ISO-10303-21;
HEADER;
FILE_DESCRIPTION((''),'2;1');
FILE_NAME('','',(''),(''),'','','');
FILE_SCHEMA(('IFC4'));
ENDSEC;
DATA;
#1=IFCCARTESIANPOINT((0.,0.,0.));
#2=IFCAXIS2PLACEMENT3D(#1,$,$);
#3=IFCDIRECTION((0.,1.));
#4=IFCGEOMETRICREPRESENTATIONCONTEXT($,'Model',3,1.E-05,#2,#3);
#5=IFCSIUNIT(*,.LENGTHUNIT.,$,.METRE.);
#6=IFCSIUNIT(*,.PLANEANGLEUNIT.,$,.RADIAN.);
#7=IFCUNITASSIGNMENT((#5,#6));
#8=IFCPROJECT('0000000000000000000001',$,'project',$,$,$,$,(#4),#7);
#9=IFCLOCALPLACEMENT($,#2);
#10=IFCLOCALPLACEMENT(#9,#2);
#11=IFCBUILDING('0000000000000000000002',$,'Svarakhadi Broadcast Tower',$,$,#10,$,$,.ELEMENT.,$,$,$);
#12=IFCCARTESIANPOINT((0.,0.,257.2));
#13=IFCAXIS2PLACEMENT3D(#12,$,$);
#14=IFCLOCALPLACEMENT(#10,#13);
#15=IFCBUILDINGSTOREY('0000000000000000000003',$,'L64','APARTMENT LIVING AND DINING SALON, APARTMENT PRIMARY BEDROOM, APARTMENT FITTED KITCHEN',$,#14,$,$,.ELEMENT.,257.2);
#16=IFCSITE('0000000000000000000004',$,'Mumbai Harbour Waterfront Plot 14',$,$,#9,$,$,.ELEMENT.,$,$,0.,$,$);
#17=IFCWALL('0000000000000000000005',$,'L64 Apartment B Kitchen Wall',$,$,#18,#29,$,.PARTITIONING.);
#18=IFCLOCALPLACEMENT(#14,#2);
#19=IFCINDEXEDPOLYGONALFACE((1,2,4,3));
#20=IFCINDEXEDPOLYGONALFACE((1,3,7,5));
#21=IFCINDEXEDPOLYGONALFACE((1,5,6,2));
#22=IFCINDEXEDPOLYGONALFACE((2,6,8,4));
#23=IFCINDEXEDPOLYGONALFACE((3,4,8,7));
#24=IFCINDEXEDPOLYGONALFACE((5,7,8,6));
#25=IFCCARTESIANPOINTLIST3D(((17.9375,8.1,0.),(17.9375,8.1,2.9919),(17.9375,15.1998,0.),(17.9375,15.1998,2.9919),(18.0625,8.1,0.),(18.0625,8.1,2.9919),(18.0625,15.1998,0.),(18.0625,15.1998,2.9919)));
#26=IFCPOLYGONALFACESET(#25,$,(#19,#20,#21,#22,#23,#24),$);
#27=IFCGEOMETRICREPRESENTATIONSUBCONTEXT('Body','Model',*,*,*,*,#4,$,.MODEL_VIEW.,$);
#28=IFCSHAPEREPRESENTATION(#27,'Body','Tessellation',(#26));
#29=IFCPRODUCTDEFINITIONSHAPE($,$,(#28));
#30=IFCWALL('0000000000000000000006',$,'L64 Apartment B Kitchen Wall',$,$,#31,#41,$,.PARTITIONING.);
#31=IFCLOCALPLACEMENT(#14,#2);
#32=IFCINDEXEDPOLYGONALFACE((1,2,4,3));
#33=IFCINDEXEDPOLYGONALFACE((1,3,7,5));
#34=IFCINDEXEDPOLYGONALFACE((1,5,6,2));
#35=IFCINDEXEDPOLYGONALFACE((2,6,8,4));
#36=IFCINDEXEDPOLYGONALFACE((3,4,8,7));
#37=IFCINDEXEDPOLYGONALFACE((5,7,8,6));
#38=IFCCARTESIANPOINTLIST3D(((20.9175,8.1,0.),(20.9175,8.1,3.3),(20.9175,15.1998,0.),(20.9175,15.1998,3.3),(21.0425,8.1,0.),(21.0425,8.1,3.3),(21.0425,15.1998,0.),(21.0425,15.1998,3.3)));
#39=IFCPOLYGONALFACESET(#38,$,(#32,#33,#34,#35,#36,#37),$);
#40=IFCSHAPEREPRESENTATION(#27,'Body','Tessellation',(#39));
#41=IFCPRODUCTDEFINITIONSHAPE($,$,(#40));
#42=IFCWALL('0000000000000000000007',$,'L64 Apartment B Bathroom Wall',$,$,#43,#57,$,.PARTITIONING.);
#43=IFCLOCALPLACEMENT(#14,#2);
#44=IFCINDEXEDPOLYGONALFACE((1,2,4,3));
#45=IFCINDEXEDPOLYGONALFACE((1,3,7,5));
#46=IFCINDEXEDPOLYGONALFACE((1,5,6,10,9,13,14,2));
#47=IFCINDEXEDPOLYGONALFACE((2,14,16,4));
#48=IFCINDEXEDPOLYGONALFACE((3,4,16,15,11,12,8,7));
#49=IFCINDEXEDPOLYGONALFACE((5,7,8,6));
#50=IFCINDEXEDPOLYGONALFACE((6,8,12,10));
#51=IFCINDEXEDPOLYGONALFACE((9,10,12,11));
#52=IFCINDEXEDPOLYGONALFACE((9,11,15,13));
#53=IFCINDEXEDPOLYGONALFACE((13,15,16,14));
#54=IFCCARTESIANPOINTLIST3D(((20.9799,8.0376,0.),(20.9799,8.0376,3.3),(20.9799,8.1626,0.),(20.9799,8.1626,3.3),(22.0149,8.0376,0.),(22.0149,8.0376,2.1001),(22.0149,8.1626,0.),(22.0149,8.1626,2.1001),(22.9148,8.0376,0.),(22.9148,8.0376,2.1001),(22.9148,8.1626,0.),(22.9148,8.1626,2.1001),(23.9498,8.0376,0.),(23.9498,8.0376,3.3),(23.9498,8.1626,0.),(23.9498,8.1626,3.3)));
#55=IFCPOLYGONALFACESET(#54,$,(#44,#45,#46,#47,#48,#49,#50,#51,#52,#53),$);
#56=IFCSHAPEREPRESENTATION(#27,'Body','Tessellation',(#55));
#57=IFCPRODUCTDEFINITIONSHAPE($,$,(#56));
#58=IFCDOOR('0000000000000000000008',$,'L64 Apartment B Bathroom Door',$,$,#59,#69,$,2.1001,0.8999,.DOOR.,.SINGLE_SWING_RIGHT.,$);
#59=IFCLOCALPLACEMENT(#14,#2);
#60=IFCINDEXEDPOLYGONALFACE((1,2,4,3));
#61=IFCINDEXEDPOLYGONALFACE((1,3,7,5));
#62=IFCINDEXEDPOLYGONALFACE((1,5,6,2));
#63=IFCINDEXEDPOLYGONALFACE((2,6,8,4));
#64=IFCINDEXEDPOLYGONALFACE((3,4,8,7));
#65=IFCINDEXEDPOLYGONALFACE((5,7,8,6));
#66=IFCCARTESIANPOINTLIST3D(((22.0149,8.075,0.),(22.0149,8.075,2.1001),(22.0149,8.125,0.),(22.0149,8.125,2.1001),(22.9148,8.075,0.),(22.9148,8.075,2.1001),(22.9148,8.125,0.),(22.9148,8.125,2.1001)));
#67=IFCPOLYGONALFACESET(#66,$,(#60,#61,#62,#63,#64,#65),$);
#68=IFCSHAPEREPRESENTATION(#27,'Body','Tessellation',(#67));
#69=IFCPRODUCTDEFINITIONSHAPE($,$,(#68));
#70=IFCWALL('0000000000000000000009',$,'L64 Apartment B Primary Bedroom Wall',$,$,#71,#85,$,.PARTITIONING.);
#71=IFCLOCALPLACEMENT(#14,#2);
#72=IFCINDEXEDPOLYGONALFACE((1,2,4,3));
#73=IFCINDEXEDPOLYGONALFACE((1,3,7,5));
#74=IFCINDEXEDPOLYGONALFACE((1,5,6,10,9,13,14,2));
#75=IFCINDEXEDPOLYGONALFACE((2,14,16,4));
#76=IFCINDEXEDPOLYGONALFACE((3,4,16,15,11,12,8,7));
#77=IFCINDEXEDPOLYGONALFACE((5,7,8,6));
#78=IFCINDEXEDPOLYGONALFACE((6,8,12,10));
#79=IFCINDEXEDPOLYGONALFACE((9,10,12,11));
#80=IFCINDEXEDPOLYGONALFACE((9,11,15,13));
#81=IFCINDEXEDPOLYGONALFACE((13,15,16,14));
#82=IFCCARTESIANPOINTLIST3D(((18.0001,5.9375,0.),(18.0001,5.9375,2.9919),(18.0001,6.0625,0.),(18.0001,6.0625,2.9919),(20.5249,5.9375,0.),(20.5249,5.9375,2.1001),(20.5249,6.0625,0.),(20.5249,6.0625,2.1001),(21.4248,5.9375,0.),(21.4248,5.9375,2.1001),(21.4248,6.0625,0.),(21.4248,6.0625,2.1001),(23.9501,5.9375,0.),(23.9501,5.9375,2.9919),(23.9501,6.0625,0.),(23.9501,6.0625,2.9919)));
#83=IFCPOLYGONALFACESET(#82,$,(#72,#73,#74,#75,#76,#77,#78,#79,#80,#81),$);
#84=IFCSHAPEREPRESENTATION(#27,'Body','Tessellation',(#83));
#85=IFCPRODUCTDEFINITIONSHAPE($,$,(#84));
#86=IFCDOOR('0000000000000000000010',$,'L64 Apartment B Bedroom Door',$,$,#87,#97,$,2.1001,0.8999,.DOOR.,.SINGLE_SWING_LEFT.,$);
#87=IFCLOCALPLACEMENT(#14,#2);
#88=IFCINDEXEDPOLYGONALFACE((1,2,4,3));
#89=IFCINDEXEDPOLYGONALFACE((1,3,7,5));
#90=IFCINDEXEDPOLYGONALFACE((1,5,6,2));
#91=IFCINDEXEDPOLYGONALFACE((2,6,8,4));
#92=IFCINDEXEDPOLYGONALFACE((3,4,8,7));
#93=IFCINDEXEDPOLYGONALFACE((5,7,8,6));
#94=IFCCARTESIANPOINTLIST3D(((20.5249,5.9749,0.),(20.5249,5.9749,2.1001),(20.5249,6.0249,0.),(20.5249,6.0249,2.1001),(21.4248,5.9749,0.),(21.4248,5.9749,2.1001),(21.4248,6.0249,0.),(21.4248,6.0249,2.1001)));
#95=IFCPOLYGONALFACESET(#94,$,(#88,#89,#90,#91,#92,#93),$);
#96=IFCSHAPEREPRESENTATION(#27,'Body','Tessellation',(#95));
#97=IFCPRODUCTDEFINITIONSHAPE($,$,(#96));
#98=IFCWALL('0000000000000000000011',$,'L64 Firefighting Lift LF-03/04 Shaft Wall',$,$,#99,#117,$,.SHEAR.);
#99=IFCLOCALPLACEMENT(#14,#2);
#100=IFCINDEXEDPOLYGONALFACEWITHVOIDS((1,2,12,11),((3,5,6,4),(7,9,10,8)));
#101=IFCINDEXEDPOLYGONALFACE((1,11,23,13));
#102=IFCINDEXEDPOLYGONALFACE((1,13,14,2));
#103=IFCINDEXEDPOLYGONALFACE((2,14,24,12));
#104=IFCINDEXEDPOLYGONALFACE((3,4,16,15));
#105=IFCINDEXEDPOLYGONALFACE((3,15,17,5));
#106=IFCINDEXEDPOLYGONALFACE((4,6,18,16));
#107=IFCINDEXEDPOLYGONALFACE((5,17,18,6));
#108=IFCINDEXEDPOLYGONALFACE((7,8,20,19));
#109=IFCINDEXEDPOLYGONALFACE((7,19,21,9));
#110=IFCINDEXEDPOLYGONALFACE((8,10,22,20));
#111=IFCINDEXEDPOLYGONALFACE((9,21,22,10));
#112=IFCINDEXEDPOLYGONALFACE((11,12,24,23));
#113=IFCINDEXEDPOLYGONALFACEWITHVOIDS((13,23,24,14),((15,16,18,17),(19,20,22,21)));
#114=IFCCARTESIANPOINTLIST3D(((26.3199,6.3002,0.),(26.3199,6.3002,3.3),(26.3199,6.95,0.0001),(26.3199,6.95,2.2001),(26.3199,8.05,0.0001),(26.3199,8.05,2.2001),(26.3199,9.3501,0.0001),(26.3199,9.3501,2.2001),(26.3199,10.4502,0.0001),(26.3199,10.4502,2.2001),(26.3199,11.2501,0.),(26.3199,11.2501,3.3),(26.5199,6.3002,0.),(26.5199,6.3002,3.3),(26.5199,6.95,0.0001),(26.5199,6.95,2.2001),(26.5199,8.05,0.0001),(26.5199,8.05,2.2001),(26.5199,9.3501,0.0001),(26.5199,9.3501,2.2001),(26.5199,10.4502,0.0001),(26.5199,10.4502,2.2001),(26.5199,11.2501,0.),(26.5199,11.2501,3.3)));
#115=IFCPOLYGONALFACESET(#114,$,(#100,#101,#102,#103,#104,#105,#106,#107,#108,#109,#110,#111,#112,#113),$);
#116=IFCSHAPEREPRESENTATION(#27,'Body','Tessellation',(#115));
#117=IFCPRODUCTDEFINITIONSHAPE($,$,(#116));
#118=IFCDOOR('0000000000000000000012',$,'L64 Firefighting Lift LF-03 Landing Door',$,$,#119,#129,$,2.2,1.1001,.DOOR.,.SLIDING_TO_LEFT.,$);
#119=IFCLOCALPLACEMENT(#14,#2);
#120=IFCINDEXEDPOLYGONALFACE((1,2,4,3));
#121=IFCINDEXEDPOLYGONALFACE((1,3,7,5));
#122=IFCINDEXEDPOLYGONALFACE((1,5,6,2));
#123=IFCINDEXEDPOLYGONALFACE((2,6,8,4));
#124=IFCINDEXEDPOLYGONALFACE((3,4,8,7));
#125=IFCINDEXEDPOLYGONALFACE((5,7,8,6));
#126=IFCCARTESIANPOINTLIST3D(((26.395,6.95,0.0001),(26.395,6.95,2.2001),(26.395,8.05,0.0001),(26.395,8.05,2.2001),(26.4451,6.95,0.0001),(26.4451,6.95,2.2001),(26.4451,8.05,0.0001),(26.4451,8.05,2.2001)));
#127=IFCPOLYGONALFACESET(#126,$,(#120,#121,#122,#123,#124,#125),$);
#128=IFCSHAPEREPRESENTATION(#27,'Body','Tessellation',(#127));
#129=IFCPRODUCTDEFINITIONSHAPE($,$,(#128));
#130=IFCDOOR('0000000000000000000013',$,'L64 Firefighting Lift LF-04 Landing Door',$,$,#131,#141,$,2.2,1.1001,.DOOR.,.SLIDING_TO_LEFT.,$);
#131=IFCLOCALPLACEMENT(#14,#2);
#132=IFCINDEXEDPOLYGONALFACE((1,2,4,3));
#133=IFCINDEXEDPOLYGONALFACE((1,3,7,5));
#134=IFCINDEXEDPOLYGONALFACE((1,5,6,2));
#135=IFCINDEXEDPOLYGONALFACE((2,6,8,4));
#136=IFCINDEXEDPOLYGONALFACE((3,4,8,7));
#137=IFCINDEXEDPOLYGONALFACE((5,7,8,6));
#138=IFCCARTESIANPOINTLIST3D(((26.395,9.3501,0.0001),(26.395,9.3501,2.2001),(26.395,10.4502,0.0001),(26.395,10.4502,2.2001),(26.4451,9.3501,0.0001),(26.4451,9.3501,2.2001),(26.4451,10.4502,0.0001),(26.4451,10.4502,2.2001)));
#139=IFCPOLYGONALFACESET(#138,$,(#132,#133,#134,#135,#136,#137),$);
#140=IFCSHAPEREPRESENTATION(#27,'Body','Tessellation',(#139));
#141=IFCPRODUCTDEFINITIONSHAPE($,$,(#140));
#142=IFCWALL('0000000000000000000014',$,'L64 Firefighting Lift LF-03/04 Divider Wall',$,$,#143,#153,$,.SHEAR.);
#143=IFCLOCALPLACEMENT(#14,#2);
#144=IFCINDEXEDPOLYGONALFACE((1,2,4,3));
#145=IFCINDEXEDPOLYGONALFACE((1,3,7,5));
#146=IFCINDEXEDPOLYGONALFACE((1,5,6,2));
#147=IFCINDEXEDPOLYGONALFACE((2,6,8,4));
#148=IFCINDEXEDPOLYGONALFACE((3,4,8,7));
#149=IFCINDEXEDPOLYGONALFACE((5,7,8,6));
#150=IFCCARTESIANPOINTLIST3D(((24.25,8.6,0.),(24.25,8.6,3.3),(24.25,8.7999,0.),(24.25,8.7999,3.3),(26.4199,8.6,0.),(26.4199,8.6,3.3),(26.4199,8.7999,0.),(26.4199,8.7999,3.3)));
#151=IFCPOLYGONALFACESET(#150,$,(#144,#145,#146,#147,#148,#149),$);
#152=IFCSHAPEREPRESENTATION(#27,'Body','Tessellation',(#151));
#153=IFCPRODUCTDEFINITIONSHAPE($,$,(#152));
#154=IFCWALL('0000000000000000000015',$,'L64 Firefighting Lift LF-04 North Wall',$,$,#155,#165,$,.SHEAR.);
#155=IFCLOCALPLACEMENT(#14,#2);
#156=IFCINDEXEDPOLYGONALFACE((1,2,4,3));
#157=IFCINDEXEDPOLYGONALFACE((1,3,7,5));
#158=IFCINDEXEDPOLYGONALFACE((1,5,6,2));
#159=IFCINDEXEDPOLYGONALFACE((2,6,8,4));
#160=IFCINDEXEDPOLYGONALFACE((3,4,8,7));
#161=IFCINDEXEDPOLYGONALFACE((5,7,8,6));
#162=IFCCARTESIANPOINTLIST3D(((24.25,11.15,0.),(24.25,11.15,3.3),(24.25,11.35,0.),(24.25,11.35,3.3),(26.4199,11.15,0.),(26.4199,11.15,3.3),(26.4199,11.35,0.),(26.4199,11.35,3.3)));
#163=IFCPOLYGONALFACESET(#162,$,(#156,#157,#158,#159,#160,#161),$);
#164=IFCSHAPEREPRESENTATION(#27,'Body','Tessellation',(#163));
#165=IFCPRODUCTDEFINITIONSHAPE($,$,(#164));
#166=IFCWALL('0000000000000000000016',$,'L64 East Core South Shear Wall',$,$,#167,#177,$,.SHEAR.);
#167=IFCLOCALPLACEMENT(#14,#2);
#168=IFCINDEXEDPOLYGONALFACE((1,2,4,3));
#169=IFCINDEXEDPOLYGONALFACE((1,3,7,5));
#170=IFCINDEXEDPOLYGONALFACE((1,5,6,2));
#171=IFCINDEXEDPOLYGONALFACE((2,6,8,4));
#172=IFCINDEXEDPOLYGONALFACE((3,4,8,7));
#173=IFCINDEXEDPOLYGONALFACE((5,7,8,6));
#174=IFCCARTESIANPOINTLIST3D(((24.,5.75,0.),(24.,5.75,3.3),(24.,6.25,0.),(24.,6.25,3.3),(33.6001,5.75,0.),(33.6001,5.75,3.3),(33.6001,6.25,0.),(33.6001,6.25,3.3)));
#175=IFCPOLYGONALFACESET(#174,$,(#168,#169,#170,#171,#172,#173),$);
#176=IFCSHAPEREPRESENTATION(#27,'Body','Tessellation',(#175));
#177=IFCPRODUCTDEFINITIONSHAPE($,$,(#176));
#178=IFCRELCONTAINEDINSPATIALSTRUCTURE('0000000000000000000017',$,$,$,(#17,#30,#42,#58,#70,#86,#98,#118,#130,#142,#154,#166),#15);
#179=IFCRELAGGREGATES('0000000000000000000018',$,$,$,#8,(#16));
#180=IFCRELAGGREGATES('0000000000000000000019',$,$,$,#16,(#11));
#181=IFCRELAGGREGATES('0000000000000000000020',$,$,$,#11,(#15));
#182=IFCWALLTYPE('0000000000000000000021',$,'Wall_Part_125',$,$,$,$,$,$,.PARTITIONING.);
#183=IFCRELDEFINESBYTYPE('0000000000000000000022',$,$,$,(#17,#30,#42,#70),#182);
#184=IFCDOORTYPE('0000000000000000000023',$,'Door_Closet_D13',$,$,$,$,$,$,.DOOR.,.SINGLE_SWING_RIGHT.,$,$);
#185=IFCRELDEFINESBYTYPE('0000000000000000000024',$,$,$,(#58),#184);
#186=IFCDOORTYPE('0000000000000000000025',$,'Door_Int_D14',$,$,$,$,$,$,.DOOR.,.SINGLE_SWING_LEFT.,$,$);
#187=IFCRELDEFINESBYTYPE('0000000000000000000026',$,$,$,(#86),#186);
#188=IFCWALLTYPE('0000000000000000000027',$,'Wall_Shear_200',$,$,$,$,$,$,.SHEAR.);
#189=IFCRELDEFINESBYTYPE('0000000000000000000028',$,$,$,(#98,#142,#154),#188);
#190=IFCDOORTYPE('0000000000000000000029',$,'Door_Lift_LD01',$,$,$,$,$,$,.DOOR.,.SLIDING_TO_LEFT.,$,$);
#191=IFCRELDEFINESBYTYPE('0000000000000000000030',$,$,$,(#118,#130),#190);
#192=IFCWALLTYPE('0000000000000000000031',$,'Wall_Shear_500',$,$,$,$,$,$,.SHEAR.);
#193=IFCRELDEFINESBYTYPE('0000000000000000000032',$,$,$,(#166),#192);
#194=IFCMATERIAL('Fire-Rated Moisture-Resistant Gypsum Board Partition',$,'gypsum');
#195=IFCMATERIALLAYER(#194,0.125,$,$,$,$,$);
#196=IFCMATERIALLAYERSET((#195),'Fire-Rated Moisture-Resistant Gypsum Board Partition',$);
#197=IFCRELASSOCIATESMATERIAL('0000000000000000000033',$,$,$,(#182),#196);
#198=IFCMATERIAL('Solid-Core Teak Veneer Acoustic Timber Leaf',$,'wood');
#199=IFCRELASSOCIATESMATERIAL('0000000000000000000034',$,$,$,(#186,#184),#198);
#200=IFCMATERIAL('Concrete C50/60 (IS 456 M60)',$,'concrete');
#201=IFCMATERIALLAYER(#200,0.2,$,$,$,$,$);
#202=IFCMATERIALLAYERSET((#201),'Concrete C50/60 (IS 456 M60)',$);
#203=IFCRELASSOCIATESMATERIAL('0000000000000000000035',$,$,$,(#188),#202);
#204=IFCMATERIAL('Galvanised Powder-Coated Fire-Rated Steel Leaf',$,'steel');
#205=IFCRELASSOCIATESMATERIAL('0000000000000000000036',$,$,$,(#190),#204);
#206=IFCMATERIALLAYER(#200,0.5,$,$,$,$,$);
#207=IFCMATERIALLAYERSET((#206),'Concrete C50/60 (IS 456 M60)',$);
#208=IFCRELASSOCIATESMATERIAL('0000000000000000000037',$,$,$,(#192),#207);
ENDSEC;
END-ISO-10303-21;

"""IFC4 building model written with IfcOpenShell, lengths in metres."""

from ifc_helpers import new_model, si_unit, direction, frame, frame_2d, origin, place, context, subcontext, project, spatial, rectangle, extrude, material, layer, layer_set, type_object, element, fill, save


model = new_model("IFC4")

# Units and contexts
model_context = context("Model", 3, precision=1e-05, world=origin(), true_north=direction((0.0, 1.0)))
body_context = subcontext(model_context, "Body", "Model", "MODEL_VIEW")
ifc_project = project(units=[si_unit("LENGTHUNIT", "METRE"), si_unit("PLANEANGLEUNIT", "RADIAN")], contexts=[model_context])

# Site, building, storey
site_placement = place(None, origin())
site = spatial("IfcSite", under=ifc_project, at=site_placement, Name="Mumbai Harbour Waterfront Plot 14", CompositionType="ELEMENT", RefElevation=0.0)
building_placement = place(site_placement, origin())
building = spatial("IfcBuilding", under=site, at=building_placement, Name="Svarakhadi Broadcast Tower", CompositionType="ELEMENT")
storey_placement = place(building_placement, frame((0.0, 0.0, 257.2)))
storey = spatial("IfcBuildingStorey", under=building, at=storey_placement, Name="L64", Description="APARTMENT LIVING AND DINING SALON, APARTMENT PRIMARY BEDROOM, APARTMENT FITTED KITCHEN", CompositionType="ELEMENT", Elevation=257.2)

# Shared definitions
ifc_material_1 = material(Name="Concrete C50/60 (IS 456 M60)", Category="concrete")

# Shared definitions
ifc_material_2 = material(Name="Fire-Rated Moisture-Resistant Gypsum Board Partition", Category="gypsum")
ifc_layer_1 = layer(ifc_material_2, 0.125)
ifc_layer_set_1 = layer_set([ifc_layer_1], Name="Fire-Rated Moisture-Resistant Gypsum Board Partition")
wall_type_1 = type_object("IfcWallType", Name="Wall_Part_125", PredefinedType="PARTITIONING", material=ifc_layer_set_1)
ifc_material_3 = material(Name="Solid-Core Teak Veneer Acoustic Timber Leaf", Category="wood")
door_type_1 = type_object("IfcDoorType", Name="Door_Int_D14", OperationType="SINGLE_SWING_LEFT", PredefinedType="DOOR", material=ifc_material_3)

# Walls
wall_1_placement = place(storey_placement, frame((18.0, 8.1001, 0.0), z_axis=(0.0, 0.0, 1.0), x_axis=(0.0, 1.0, 0.0)))
element("IfcWall", 1, at=wall_1_placement, inside=storey, type_object=wall_type_1, Name="L64 Apartment B Kitchen Wall", PredefinedType="PARTITIONING", context=body_context, shape_type="SweptSolid", body=[
    extrude(rectangle(XDim=7.0999, YDim=0.125, at=frame_2d((3.5498, 0.0))), origin(), (0.0, 0.0, 1.0), 2.9919),
])
wall_2_placement = place(storey_placement, frame((20.98, 8.1001, 0.0), z_axis=(0.0, 0.0, 1.0), x_axis=(0.0, 1.0, 0.0)))
element("IfcWall", 2, at=wall_2_placement, inside=storey, type_object=wall_type_1, Name="L64 Apartment B Kitchen Wall", PredefinedType="PARTITIONING", context=body_context, shape_type="SweptSolid", body=[
    extrude(rectangle(XDim=7.0999, YDim=0.125, at=frame_2d((3.5498, 0.0))), origin(), (0.0, 0.0, 1.0), 3.3),
])

# Walls, openings, doors
wall_3_placement = place(storey_placement, frame((20.98, 8.1001, 0.0), z_axis=(0.0, 0.0, 1.0), x_axis=(1.0, 0.0, 0.0)))
wall_3 = element("IfcWall", 3, at=wall_3_placement, inside=storey, type_object=wall_type_1, Name="L64 Apartment B Bathroom Wall", PredefinedType="PARTITIONING", context=body_context, shape_type="SweptSolid", body=[
    extrude(rectangle(XDim=2.97, YDim=0.125, at=frame_2d((1.4849, 0.0))), origin(), (0.0, 0.0, 1.0), 3.3),
])
opening_1_placement = place(wall_3_placement, frame((1.0349, 0.0, 0.0)))
opening_1 = element("IfcOpeningElement", 4, at=opening_1_placement, cuts=wall_3, PredefinedType="OPENING", context=body_context, shape_type="SweptSolid", body=[
    extrude(rectangle(XDim=0.8999, YDim=2.1001, at=frame_2d((0.45, 1.05))), frame((0.0, 0.0725, 0.0), z_axis=(0.0, -1.0, 0.0), x_axis=(1.0, 0.0, 0.0)), (0.0, 0.0, 1.0), 0.145),
])
door_type_2 = type_object("IfcDoorType", Name="Door_Closet_D13", OperationType="SINGLE_SWING_RIGHT", PredefinedType="DOOR", material=ifc_material_3)
door_1_placement = place(opening_1_placement, origin())
door_1 = element("IfcDoor", 5, at=door_1_placement, inside=storey, type_object=door_type_2, Name="L64 Apartment B Bathroom Door", OperationType="SINGLE_SWING_RIGHT", OverallHeight=2.1001, OverallWidth=0.8999, PredefinedType="DOOR", context=body_context, shape_type="SweptSolid", body=[
    extrude(rectangle(XDim=0.8999, YDim=2.1001, at=frame_2d((0.45, 1.05))), frame((0.0, 0.0249, 0.0), z_axis=(0.0, -1.0, 0.0), x_axis=(1.0, 0.0, 0.0)), (0.0, 0.0, 1.0), 0.05),
])
fill(opening_1, door_1)
wall_4_placement = place(storey_placement, frame((18.0, 6.0, 0.0), z_axis=(0.0, 0.0, 1.0), x_axis=(1.0, 0.0, 0.0)))
wall_4 = element("IfcWall", 6, at=wall_4_placement, inside=storey, type_object=wall_type_1, Name="L64 Apartment B Primary Bedroom Wall", PredefinedType="PARTITIONING", context=body_context, shape_type="SweptSolid", body=[
    extrude(rectangle(XDim=5.95, YDim=0.125, at=frame_2d((2.9751, 0.0))), origin(), (0.0, 0.0, 1.0), 2.9919),
])
opening_2_placement = place(wall_4_placement, frame((2.5249, 0.0, 0.0)))
opening_2 = element("IfcOpeningElement", 7, at=opening_2_placement, cuts=wall_4, PredefinedType="OPENING", context=body_context, shape_type="SweptSolid", body=[
    extrude(rectangle(XDim=0.8999, YDim=2.1001, at=frame_2d((0.45, 1.05))), frame((0.0, 0.0725, 0.0), z_axis=(0.0, -1.0, 0.0), x_axis=(1.0, 0.0, 0.0)), (0.0, 0.0, 1.0), 0.145),
])
door_2_placement = place(opening_2_placement, origin())
door_2 = element("IfcDoor", 8, at=door_2_placement, inside=storey, type_object=door_type_1, Name="L64 Apartment B Bedroom Door", OperationType="SINGLE_SWING_LEFT", OverallHeight=2.1001, OverallWidth=0.8999, PredefinedType="DOOR", context=body_context, shape_type="SweptSolid", body=[
    extrude(rectangle(XDim=0.8999, YDim=2.1001, at=frame_2d((0.45, 1.05))), frame((0.0, 0.0249, 0.0), z_axis=(0.0, -1.0, 0.0), x_axis=(1.0, 0.0, 0.0)), (0.0, 0.0, 1.0), 0.05),
])
fill(opening_2, door_2)

# Wall, openings, doors
ifc_layer_2 = layer(ifc_material_1, 0.2)
ifc_layer_set_2 = layer_set([ifc_layer_2], Name="Concrete C50/60 (IS 456 M60)")
wall_type_2 = type_object("IfcWallType", Name="Wall_Shear_200", PredefinedType="SHEAR", material=ifc_layer_set_2)
wall_5_placement = place(storey_placement, frame((26.4199, 6.3, 0.0), z_axis=(0.0, 0.0, 1.0), x_axis=(0.0, 1.0, 0.0)))
wall_5 = element("IfcWall", 9, at=wall_5_placement, inside=storey, type_object=wall_type_2, Name="L64 Firefighting Lift LF-03/04 Shaft Wall", PredefinedType="SHEAR", context=body_context, shape_type="SweptSolid", body=[
    extrude(rectangle(XDim=4.95, YDim=0.2, at=frame_2d((2.4751, 0.0))), origin(), (0.0, 0.0, 1.0), 3.3),
])
opening_3_placement = place(wall_5_placement, frame((0.6499, 0.0, 0.0)))
opening_3 = element("IfcOpeningElement", 10, at=opening_3_placement, cuts=wall_5, PredefinedType="OPENING", context=body_context, shape_type="SweptSolid", body=[
    extrude(rectangle(XDim=1.1001, YDim=2.2, at=frame_2d((0.55, 1.1001))), frame((0.0, 0.1099, 0.0), z_axis=(0.0, -1.0, 0.0), x_axis=(1.0, 0.0, 0.0)), (0.0, 0.0, 1.0), 0.22),
])
opening_4_placement = place(wall_5_placement, frame((3.05, 0.0, 0.0)))
opening_4 = element("IfcOpeningElement", 11, at=opening_4_placement, cuts=wall_5, PredefinedType="OPENING", context=body_context, shape_type="SweptSolid", body=[
    extrude(rectangle(XDim=1.1001, YDim=2.2, at=frame_2d((0.55, 1.1001))), frame((0.0, 0.1099, 0.0), z_axis=(0.0, -1.0, 0.0), x_axis=(1.0, 0.0, 0.0)), (0.0, 0.0, 1.0), 0.22),
])
ifc_material_4 = material(Name="Galvanised Powder-Coated Fire-Rated Steel Leaf", Category="steel")
door_type_3 = type_object("IfcDoorType", Name="Door_Lift_LD01", OperationType="SLIDING_TO_LEFT", PredefinedType="DOOR", material=ifc_material_4)
door_3_placement = place(opening_3_placement, origin())
door_3 = element("IfcDoor", 12, at=door_3_placement, inside=storey, type_object=door_type_3, Name="L64 Firefighting Lift LF-03 Landing Door", OperationType="SLIDING_TO_LEFT", OverallHeight=2.2, OverallWidth=1.1001, PredefinedType="DOOR", context=body_context, shape_type="SweptSolid", body=[
    extrude(rectangle(XDim=1.1001, YDim=2.2, at=frame_2d((0.55, 1.1001))), frame((0.0, 0.0249, 0.0), z_axis=(0.0, -1.0, 0.0), x_axis=(1.0, 0.0, 0.0)), (0.0, 0.0, 1.0), 0.05),
])
fill(opening_3, door_3)
door_4_placement = place(opening_4_placement, origin())
door_4 = element("IfcDoor", 13, at=door_4_placement, inside=storey, type_object=door_type_3, Name="L64 Firefighting Lift LF-04 Landing Door", OperationType="SLIDING_TO_LEFT", OverallHeight=2.2, OverallWidth=1.1001, PredefinedType="DOOR", context=body_context, shape_type="SweptSolid", body=[
    extrude(rectangle(XDim=1.1001, YDim=2.2, at=frame_2d((0.55, 1.1001))), frame((0.0, 0.0249, 0.0), z_axis=(0.0, -1.0, 0.0), x_axis=(1.0, 0.0, 0.0)), (0.0, 0.0, 1.0), 0.05),
])
fill(opening_4, door_4)

# Walls
for number, where, z_axis, x_axis, name in (
    (14, (24.25, 8.7, 0.0), (0.0, 0.0, 1.0), (1.0, 0.0, 0.0), "L64 Firefighting Lift LF-03/04 Divider Wall"),
    (15, (24.25, 11.25, 0.0), (0.0, 0.0, 1.0), (1.0, 0.0, 0.0), "L64 Firefighting Lift LF-04 North Wall"),
):
    element("IfcWall", number, at=place(storey_placement, frame(where, z_axis=z_axis, x_axis=x_axis)), inside=storey, type_object=wall_type_2, Name=name, PredefinedType="SHEAR", context=body_context, shape_type="SweptSolid", body=[
        extrude(rectangle(XDim=2.1699, YDim=0.2, at=frame_2d((1.085, 0.0))), origin(), (0.0, 0.0, 1.0), 3.3),
    ])
ifc_layer_3 = layer(ifc_material_1, 0.5)
ifc_layer_set_3 = layer_set([ifc_layer_3], Name="Concrete C50/60 (IS 456 M60)")
wall_type_3 = type_object("IfcWallType", Name="Wall_Shear_500", PredefinedType="SHEAR", material=ifc_layer_set_3)
wall_6_placement = place(storey_placement, frame((24.0, 6.0, 0.0), z_axis=(0.0, 0.0, 1.0), x_axis=(1.0, 0.0, 0.0)))
element("IfcWall", 16, at=wall_6_placement, inside=storey, type_object=wall_type_3, Name="L64 East Core South Shear Wall", PredefinedType="SHEAR", context=body_context, shape_type="SweptSolid", body=[
    extrude(rectangle(XDim=9.6001, YDim=0.5, at=frame_2d((4.8, 0.0))), origin(), (0.0, 0.0, 1.0), 3.3),
])

save(model, "model.ifc")
